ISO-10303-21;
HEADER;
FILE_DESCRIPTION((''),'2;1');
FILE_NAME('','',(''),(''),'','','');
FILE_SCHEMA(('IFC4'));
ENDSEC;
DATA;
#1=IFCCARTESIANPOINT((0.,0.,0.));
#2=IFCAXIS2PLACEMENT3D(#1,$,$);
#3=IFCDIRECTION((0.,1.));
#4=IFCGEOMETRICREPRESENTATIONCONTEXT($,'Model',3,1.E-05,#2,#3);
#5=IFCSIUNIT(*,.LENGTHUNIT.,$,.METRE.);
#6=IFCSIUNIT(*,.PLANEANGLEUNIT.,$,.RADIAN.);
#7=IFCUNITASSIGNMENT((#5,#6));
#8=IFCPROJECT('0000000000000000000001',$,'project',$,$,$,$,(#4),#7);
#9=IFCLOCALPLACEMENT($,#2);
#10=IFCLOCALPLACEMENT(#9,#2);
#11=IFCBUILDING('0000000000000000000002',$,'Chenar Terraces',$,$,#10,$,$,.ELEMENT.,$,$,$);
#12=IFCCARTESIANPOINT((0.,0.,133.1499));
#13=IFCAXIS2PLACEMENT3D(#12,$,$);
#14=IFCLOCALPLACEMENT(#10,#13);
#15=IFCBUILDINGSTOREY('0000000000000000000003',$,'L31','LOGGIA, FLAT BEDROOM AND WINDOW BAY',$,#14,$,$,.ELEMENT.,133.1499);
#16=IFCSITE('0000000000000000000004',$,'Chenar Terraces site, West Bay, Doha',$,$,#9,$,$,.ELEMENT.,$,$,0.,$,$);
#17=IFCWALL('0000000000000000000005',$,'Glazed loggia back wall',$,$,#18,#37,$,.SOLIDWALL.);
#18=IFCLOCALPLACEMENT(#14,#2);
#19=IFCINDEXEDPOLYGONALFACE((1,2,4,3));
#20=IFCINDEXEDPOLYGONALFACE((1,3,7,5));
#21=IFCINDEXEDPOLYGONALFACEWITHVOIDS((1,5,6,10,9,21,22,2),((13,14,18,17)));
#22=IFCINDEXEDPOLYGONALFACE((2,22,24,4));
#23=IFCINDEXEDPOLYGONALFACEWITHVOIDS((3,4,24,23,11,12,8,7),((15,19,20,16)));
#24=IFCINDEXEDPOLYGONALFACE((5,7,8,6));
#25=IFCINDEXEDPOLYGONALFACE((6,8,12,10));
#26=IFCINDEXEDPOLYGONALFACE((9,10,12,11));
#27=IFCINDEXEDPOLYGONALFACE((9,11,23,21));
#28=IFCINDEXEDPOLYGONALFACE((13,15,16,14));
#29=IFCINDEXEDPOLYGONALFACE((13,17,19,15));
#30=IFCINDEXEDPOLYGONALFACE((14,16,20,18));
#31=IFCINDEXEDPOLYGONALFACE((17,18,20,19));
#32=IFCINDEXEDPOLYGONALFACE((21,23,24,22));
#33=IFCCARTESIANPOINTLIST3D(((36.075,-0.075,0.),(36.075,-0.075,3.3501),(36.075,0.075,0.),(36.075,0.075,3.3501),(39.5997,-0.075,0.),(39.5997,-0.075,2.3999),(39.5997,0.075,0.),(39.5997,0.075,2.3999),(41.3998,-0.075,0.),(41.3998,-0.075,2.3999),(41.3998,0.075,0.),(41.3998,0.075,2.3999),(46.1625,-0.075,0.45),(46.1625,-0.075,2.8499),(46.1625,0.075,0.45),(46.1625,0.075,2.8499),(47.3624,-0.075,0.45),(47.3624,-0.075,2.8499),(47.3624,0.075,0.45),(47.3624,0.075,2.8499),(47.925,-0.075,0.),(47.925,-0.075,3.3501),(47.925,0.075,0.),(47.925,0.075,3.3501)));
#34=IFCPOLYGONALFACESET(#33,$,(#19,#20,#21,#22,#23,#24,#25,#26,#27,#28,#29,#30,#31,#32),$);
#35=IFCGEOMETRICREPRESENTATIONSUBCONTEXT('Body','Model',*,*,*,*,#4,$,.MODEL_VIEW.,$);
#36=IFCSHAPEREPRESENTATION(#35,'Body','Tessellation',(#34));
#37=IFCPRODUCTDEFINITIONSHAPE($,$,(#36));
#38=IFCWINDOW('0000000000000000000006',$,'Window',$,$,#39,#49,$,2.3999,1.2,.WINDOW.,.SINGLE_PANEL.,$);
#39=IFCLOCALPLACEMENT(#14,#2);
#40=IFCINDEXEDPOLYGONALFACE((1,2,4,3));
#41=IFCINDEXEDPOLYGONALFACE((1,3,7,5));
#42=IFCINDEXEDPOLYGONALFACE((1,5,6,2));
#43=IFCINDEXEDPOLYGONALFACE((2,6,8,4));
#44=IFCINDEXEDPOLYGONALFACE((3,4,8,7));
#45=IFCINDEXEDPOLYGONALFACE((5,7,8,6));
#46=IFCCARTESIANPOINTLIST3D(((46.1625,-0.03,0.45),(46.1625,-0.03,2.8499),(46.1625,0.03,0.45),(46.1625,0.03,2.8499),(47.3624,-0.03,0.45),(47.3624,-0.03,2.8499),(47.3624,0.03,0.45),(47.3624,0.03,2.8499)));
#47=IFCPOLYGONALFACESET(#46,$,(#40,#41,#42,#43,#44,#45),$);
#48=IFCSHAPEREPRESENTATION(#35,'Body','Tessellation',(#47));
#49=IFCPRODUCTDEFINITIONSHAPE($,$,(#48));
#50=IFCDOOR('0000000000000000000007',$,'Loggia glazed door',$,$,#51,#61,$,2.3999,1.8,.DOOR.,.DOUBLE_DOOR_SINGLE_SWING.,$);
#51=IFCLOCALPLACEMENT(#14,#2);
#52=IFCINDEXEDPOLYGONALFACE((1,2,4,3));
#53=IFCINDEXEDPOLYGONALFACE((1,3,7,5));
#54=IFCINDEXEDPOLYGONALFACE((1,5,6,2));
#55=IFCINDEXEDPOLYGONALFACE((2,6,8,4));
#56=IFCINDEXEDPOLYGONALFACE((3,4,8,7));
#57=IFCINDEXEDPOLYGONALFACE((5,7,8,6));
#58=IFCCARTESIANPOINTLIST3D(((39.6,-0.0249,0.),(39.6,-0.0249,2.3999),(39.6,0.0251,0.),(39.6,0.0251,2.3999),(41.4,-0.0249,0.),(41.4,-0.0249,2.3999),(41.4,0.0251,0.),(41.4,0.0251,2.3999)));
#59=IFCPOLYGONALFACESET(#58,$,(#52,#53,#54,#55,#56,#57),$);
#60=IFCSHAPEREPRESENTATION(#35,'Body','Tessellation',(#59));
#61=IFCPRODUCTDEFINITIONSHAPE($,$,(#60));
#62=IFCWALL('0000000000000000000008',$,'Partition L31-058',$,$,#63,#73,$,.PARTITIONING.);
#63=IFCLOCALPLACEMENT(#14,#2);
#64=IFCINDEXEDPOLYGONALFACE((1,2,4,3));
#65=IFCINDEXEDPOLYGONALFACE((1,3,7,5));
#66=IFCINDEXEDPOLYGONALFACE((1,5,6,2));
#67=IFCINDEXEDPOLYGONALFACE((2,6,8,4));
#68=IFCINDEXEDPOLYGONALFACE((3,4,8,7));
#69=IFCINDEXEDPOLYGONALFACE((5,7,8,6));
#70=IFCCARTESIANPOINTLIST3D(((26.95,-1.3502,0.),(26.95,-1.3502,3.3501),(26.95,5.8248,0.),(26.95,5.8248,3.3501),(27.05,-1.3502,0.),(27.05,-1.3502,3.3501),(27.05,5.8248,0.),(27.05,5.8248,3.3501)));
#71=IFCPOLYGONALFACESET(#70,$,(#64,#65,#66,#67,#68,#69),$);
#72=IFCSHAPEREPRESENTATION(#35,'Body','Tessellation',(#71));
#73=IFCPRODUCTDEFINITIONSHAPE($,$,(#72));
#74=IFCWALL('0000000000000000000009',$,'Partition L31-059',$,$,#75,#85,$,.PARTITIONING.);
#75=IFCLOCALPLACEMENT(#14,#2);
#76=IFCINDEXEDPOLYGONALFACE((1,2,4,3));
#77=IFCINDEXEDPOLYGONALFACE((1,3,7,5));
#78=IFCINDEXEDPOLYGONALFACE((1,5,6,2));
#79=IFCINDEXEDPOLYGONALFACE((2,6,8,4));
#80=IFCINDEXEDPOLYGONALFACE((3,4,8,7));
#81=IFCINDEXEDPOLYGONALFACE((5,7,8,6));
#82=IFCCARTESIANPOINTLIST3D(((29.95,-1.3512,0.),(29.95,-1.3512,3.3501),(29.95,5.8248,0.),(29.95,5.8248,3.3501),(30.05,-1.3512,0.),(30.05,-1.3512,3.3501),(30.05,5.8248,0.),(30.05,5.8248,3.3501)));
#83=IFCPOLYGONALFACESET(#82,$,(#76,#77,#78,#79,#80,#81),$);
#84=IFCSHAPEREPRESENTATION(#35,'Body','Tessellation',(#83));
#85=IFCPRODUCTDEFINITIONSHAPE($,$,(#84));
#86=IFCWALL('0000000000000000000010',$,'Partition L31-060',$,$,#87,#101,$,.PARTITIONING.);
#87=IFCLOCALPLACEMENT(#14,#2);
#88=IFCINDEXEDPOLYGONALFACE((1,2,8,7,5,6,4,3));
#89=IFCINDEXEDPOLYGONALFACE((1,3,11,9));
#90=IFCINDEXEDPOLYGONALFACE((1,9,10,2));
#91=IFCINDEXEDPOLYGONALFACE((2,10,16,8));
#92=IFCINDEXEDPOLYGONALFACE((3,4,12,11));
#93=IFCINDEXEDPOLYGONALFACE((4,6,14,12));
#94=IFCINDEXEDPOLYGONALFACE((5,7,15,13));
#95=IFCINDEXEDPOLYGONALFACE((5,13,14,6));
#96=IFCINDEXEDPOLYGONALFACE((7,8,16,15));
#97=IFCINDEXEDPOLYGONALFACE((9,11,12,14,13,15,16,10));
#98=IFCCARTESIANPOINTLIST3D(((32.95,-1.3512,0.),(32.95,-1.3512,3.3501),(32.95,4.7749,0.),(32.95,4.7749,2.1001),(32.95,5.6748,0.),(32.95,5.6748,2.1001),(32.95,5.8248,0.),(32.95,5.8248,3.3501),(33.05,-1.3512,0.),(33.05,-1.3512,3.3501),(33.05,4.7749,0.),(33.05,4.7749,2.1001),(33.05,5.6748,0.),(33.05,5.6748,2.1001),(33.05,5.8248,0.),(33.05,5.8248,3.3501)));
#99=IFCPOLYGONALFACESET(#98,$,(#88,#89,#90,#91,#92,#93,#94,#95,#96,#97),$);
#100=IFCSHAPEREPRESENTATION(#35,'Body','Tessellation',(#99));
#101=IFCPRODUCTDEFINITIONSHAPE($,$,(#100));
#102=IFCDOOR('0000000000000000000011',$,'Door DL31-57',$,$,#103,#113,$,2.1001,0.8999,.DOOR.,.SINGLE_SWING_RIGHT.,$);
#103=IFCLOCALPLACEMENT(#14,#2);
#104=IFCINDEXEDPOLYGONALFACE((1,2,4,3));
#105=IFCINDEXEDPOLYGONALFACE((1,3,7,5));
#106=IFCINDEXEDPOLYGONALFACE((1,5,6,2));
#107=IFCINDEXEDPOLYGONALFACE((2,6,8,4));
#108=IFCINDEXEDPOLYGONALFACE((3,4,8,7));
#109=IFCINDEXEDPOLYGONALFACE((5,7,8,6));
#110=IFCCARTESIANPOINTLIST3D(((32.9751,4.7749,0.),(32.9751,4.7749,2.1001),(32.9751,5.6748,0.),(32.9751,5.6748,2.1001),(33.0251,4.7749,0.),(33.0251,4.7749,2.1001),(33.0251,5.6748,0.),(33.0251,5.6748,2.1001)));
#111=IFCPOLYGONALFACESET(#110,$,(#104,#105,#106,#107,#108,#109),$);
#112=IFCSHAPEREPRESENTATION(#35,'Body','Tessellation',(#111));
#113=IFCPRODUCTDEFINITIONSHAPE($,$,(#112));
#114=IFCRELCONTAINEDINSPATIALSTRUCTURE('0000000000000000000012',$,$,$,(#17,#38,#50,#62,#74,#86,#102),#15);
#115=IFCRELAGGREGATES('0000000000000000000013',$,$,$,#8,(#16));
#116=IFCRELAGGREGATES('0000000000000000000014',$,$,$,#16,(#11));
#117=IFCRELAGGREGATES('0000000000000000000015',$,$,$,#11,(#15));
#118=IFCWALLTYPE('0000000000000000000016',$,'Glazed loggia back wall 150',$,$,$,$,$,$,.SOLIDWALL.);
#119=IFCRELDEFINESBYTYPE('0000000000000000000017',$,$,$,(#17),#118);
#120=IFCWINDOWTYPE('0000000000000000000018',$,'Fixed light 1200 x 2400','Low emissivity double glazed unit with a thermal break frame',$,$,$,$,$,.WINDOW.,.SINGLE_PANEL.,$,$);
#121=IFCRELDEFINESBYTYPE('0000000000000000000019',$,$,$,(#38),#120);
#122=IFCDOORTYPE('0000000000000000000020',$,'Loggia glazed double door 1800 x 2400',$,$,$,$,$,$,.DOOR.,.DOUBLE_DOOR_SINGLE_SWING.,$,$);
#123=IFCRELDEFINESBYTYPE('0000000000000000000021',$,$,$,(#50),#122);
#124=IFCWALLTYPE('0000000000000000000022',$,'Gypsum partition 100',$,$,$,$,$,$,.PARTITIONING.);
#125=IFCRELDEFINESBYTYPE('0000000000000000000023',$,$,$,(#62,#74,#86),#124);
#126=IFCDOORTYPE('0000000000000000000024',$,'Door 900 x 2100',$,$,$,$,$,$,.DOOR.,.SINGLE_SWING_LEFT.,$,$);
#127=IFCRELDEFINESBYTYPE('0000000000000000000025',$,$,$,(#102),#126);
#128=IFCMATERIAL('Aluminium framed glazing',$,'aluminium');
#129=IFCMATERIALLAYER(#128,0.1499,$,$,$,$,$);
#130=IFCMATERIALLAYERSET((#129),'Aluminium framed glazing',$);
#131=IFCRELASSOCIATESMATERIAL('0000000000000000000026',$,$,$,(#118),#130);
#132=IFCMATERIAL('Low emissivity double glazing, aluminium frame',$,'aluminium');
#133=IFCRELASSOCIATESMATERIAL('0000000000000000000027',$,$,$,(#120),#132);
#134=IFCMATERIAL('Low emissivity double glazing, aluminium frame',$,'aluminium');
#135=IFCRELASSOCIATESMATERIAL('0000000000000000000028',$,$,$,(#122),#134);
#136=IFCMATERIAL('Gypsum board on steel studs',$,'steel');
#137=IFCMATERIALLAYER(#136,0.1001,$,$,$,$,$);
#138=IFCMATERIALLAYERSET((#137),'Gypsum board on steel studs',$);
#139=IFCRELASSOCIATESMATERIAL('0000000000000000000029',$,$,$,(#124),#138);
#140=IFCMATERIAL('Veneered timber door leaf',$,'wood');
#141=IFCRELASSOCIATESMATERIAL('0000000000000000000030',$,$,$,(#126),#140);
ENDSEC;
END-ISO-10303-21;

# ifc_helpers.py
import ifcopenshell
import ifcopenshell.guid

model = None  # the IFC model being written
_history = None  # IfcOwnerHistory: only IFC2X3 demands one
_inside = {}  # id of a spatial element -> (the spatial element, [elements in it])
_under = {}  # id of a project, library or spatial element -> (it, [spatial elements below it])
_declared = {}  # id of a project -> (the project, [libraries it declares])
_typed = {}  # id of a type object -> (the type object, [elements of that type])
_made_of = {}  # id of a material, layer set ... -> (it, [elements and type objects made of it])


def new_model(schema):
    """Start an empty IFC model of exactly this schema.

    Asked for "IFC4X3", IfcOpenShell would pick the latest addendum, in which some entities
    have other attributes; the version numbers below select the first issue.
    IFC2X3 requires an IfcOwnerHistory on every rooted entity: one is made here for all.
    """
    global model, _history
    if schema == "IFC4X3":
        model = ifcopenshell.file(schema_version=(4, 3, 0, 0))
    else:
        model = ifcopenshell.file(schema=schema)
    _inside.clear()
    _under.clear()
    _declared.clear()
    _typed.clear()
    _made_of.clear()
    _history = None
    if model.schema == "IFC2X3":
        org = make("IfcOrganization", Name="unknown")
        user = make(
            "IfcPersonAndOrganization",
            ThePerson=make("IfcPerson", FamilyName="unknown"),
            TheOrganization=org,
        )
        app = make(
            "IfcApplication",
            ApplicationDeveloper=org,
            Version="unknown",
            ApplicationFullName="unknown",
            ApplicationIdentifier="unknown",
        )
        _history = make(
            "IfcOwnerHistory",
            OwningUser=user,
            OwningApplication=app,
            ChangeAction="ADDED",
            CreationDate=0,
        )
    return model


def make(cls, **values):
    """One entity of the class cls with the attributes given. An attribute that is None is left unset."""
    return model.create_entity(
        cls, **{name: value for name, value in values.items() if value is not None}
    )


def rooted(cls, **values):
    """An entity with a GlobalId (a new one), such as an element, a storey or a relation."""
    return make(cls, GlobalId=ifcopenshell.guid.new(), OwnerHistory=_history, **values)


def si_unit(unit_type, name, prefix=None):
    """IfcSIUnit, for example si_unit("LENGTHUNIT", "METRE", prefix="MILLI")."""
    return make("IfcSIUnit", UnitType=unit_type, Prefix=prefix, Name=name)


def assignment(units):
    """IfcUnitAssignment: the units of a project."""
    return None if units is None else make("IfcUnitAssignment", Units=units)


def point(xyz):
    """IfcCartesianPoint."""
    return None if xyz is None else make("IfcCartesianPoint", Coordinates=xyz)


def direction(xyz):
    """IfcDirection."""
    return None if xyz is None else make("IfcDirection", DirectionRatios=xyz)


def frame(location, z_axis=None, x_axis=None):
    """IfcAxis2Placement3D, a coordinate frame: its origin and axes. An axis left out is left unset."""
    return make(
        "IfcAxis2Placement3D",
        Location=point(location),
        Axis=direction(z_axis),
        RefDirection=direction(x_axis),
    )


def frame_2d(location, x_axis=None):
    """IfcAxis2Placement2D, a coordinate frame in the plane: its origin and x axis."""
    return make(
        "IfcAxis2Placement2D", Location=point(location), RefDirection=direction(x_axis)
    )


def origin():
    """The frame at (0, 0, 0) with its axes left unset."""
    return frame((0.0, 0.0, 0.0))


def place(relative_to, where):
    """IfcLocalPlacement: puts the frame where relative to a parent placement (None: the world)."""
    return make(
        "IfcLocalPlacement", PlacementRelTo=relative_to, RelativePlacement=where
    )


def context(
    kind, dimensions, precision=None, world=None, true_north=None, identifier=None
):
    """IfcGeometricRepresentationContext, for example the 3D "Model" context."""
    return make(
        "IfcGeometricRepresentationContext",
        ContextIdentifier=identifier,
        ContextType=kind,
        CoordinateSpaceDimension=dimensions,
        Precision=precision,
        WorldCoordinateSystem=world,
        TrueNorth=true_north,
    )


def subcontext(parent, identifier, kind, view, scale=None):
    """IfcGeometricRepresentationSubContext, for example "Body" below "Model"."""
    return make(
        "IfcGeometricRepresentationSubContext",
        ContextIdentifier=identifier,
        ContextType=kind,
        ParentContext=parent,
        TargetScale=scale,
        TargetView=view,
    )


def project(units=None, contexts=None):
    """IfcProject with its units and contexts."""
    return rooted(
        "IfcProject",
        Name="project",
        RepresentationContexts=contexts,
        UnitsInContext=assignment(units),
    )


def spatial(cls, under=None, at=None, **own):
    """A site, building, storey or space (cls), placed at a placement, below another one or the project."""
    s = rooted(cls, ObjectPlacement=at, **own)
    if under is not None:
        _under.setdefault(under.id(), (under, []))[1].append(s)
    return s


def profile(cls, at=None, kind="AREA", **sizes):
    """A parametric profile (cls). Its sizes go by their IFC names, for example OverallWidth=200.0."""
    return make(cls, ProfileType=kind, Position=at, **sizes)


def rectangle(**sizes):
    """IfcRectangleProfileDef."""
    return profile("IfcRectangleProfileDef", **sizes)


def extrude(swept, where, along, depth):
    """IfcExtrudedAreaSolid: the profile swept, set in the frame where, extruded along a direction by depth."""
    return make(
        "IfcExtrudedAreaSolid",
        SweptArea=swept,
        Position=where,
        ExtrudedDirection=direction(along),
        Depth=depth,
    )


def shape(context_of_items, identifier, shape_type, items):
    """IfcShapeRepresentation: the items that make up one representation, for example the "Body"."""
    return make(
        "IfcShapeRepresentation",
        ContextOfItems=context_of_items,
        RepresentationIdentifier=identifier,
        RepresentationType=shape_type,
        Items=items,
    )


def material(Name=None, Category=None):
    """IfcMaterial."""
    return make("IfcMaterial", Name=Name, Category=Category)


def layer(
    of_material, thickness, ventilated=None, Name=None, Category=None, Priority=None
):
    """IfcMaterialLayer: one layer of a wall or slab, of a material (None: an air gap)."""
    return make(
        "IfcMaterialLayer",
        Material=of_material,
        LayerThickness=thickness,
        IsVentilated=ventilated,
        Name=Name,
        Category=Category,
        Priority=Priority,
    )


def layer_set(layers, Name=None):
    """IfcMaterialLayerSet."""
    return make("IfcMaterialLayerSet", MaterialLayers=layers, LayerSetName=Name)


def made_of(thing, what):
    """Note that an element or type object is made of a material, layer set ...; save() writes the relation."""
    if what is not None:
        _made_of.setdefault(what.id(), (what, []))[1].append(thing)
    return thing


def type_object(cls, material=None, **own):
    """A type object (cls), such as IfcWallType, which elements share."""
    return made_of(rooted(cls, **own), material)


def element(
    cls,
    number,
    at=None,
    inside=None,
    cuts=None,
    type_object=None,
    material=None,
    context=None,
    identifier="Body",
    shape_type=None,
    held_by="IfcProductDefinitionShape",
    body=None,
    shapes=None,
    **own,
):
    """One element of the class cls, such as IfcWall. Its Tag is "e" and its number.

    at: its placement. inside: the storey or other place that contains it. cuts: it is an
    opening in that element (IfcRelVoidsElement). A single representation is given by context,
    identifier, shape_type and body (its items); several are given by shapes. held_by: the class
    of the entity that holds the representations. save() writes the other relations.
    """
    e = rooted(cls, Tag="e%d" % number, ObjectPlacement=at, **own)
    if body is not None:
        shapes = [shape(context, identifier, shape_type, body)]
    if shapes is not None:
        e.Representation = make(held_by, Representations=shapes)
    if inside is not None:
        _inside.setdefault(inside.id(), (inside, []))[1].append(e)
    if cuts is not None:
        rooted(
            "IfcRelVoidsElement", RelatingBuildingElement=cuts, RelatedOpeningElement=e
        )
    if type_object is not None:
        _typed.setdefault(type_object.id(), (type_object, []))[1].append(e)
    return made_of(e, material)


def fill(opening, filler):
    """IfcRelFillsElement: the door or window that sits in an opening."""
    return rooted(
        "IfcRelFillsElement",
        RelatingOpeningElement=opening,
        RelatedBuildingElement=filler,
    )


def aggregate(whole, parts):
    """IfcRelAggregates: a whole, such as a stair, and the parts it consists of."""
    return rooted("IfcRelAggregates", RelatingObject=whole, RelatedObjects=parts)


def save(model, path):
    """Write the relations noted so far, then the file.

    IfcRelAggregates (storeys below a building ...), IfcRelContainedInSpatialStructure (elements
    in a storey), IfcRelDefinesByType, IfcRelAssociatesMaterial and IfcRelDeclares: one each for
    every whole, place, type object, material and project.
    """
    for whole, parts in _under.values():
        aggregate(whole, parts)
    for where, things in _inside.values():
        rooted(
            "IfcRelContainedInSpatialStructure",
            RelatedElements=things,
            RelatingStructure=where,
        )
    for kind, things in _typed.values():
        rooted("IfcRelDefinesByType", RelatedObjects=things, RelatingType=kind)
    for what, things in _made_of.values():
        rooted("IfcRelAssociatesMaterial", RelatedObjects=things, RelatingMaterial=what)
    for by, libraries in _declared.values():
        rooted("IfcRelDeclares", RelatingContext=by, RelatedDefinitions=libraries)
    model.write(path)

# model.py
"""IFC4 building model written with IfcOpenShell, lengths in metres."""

from ifc_helpers import new_model, si_unit, direction, frame, frame_2d, origin, place, context, subcontext, project, spatial, rectangle, extrude, material, layer, layer_set, type_object, element, fill, save


model = new_model("IFC4")

# Units and contexts
model_context = context("Model", 3, precision=1e-05, world=origin(), true_north=direction((0.0, 1.0)))
body_context = subcontext(model_context, "Body", "Model", "MODEL_VIEW")
ifc_project = project(units=[si_unit("LENGTHUNIT", "METRE"), si_unit("PLANEANGLEUNIT", "RADIAN")], contexts=[model_context])

# Site, building, storey
site_placement = place(None, origin())
site = spatial("IfcSite", under=ifc_project, at=site_placement, Name="Chenar Terraces site, West Bay, Doha", CompositionType="ELEMENT", RefElevation=0.0)
building_placement = place(site_placement, origin())
building = spatial("IfcBuilding", under=site, at=building_placement, Name="Chenar Terraces", CompositionType="ELEMENT")
storey_placement = place(building_placement, frame((0.0, 0.0, 133.1499)))
storey = spatial("IfcBuildingStorey", under=building, at=storey_placement, Name="L31", Description="LOGGIA, FLAT BEDROOM AND WINDOW BAY", CompositionType="ELEMENT", Elevation=133.1499)

# Wall, openings, window, door
ifc_material_1 = material(Name="Aluminium framed glazing", Category="aluminium")
ifc_layer_1 = layer(ifc_material_1, 0.1499)
ifc_layer_set_1 = layer_set([ifc_layer_1], Name="Aluminium framed glazing")
wall_type_1 = type_object("IfcWallType", Name="Glazed loggia back wall 150", PredefinedType="SOLIDWALL", material=ifc_layer_set_1)
wall_1_placement = place(storey_placement, frame((36.075, 0.0, 0.0), z_axis=(0.0, 0.0, 1.0), x_axis=(1.0, 0.0, 0.0)))
wall_1 = element("IfcWall", 1, at=wall_1_placement, inside=storey, type_object=wall_type_1, Name="Glazed loggia back wall", PredefinedType="SOLIDWALL", context=body_context, shape_type="SweptSolid", body=[
    extrude(rectangle(XDim=11.8501, YDim=0.1499, at=frame_2d((5.925, 0.0))), origin(), (0.0, 0.0, 1.0), 3.3501),
])
opening_1_placement = place(wall_1_placement, frame((3.5249, 0.0, 0.0)))
opening_1 = element("IfcOpeningElement", 2, at=opening_1_placement, cuts=wall_1, PredefinedType="OPENING", context=body_context, shape_type="SweptSolid", body=[
    extrude(rectangle(XDim=1.8, YDim=2.3999, at=frame_2d((0.8999, 1.2))), frame((0.0, 0.085, 0.0), z_axis=(0.0, -1.0, 0.0), x_axis=(1.0, 0.0, 0.0)), (0.0, 0.0, 1.0), 0.1699),
])
opening_2_placement = place(wall_1_placement, frame((10.0874, 0.0, 0.45)))
opening_2 = element("IfcOpeningElement", 3, at=opening_2_placement, cuts=wall_1, PredefinedType="OPENING", context=body_context, shape_type="SweptSolid", body=[
    extrude(rectangle(XDim=1.2, YDim=2.3999, at=frame_2d((0.6001, 1.2))), frame((0.0, 0.085, 0.0), z_axis=(0.0, -1.0, 0.0), x_axis=(1.0, 0.0, 0.0)), (0.0, 0.0, 1.0), 0.1699),
])
ifc_material_2 = material(Name="Low emissivity double glazing, aluminium frame", Category="aluminium")
window_type = type_object("IfcWindowType", Name="Fixed light 1200 x 2400", Description="Low emissivity double glazed unit with a thermal break frame", PartitioningType="SINGLE_PANEL", PredefinedType="WINDOW", material=ifc_material_2)
window_placement = place(opening_2_placement, origin())
window = element("IfcWindow", 4, at=window_placement, inside=storey, type_object=window_type, Name="Window", OverallHeight=2.3999, OverallWidth=1.2, PartitioningType="SINGLE_PANEL", PredefinedType="WINDOW", context=body_context, shape_type="SweptSolid", body=[
    extrude(rectangle(XDim=1.2, YDim=2.3999, at=frame_2d((0.6001, 1.2))), frame((0.0, 0.03, 0.0), z_axis=(0.0, -1.0, 0.0), x_axis=(1.0, 0.0, 0.0)), (0.0, 0.0, 1.0), 0.0601),
])
fill(opening_2, window)
ifc_material_3 = material(Name="Low emissivity double glazing, aluminium frame", Category="aluminium")
door_type_1 = type_object("IfcDoorType", Name="Loggia glazed double door 1800 x 2400", OperationType="DOUBLE_DOOR_SINGLE_SWING", PredefinedType="DOOR", material=ifc_material_3)
door_1_placement = place(opening_1_placement, frame((1.8, 0.0, 0.0), z_axis=(0.0, 0.0, 1.0), x_axis=(-1.0, 0.0, 0.0)))
door_1 = element("IfcDoor", 5, at=door_1_placement, inside=storey, type_object=door_type_1, Name="Loggia glazed door", OperationType="DOUBLE_DOOR_SINGLE_SWING", OverallHeight=2.3999, OverallWidth=1.8, PredefinedType="DOOR", context=body_context, shape_type="SweptSolid", body=[
    extrude(rectangle(XDim=1.8, YDim=2.3999, at=frame_2d((0.8999, 1.2))), frame((0.0, 0.0249, 0.0), z_axis=(0.0, -1.0, 0.0), x_axis=(1.0, 0.0, 0.0)), (0.0, 0.0, 1.0), 0.05),
])
fill(opening_1, door_1)

# Walls
ifc_material_4 = material(Name="Gypsum board on steel studs", Category="steel")
ifc_layer_2 = layer(ifc_material_4, 0.1001)
ifc_layer_set_2 = layer_set([ifc_layer_2], Name="Gypsum board on steel studs")
wall_type_2 = type_object("IfcWallType", Name="Gypsum partition 100", PredefinedType="PARTITIONING", material=ifc_layer_set_2)
wall_2_placement = place(storey_placement, frame((27.0, -1.3501, 0.0), z_axis=(0.0, 0.0, 1.0), x_axis=(0.0, 1.0, 0.0)))
element("IfcWall", 6, at=wall_2_placement, inside=storey, type_object=wall_type_2, Name="Partition L31-058", PredefinedType="PARTITIONING", context=body_context, shape_type="SweptSolid", body=[
    extrude(rectangle(XDim=7.175, YDim=0.1001, at=frame_2d((3.5874, 0.0))), origin(), (0.0, 0.0, 1.0), 3.3501),
])
wall_3_placement = place(storey_placement, frame((30.0, -1.3511, 0.0), z_axis=(0.0, 0.0, 1.0), x_axis=(0.0, 1.0, 0.0)))
element("IfcWall", 7, at=wall_3_placement, inside=storey, type_object=wall_type_2, Name="Partition L31-059", PredefinedType="PARTITIONING", context=body_context, shape_type="SweptSolid", body=[
    extrude(rectangle(XDim=7.176, YDim=0.1001, at=frame_2d((3.5879, 0.0))), origin(), (0.0, 0.0, 1.0), 3.3501),
])

# Wall, opening, door
wall_4_placement = place(storey_placement, frame((33.0, -1.3511, 0.0), z_axis=(0.0, 0.0, 1.0), x_axis=(0.0, 1.0, 0.0)))
wall_4 = element("IfcWall", 8, at=wall_4_placement, inside=storey, type_object=wall_type_2, Name="Partition L31-060", PredefinedType="PARTITIONING", context=body_context, shape_type="SweptSolid", body=[
    extrude(rectangle(XDim=7.176, YDim=0.1001, at=frame_2d((3.5879, 0.0))), origin(), (0.0, 0.0, 1.0), 3.3501),
])
opening_3_placement = place(wall_4_placement, frame((6.126, 0.0, 0.0)))
opening_3 = element("IfcOpeningElement", 9, at=opening_3_placement, cuts=wall_4, PredefinedType="OPENING", context=body_context, shape_type="SweptSolid", body=[
    extrude(rectangle(XDim=0.8999, YDim=2.1001, at=frame_2d((0.45, 1.05))), frame((0.0, 0.0601, 0.0), z_axis=(0.0, -1.0, 0.0), x_axis=(1.0, 0.0, 0.0)), (0.0, 0.0, 1.0), 0.1201),
])
ifc_material_5 = material(Name="Veneered timber door leaf", Category="wood")
door_type_2 = type_object("IfcDoorType", Name="Door 900 x 2100", OperationType="SINGLE_SWING_LEFT", PredefinedType="DOOR", material=ifc_material_5)
door_2_placement = place(opening_3_placement, origin())
door_2 = element("IfcDoor", 10, at=door_2_placement, inside=storey, type_object=door_type_2, Name="Door DL31-57", OperationType="SINGLE_SWING_RIGHT", OverallHeight=2.1001, OverallWidth=0.8999, PredefinedType="DOOR", context=body_context, shape_type="SweptSolid", body=[
    extrude(rectangle(XDim=0.8999, YDim=2.1001, at=frame_2d((0.45, 1.05))), frame((0.0, 0.0249, 0.0), z_axis=(0.0, -1.0, 0.0), x_axis=(1.0, 0.0, 0.0)), (0.0, 0.0, 1.0), 0.05),
])
fill(opening_3, door_2)

save(model, "model.ifc")
